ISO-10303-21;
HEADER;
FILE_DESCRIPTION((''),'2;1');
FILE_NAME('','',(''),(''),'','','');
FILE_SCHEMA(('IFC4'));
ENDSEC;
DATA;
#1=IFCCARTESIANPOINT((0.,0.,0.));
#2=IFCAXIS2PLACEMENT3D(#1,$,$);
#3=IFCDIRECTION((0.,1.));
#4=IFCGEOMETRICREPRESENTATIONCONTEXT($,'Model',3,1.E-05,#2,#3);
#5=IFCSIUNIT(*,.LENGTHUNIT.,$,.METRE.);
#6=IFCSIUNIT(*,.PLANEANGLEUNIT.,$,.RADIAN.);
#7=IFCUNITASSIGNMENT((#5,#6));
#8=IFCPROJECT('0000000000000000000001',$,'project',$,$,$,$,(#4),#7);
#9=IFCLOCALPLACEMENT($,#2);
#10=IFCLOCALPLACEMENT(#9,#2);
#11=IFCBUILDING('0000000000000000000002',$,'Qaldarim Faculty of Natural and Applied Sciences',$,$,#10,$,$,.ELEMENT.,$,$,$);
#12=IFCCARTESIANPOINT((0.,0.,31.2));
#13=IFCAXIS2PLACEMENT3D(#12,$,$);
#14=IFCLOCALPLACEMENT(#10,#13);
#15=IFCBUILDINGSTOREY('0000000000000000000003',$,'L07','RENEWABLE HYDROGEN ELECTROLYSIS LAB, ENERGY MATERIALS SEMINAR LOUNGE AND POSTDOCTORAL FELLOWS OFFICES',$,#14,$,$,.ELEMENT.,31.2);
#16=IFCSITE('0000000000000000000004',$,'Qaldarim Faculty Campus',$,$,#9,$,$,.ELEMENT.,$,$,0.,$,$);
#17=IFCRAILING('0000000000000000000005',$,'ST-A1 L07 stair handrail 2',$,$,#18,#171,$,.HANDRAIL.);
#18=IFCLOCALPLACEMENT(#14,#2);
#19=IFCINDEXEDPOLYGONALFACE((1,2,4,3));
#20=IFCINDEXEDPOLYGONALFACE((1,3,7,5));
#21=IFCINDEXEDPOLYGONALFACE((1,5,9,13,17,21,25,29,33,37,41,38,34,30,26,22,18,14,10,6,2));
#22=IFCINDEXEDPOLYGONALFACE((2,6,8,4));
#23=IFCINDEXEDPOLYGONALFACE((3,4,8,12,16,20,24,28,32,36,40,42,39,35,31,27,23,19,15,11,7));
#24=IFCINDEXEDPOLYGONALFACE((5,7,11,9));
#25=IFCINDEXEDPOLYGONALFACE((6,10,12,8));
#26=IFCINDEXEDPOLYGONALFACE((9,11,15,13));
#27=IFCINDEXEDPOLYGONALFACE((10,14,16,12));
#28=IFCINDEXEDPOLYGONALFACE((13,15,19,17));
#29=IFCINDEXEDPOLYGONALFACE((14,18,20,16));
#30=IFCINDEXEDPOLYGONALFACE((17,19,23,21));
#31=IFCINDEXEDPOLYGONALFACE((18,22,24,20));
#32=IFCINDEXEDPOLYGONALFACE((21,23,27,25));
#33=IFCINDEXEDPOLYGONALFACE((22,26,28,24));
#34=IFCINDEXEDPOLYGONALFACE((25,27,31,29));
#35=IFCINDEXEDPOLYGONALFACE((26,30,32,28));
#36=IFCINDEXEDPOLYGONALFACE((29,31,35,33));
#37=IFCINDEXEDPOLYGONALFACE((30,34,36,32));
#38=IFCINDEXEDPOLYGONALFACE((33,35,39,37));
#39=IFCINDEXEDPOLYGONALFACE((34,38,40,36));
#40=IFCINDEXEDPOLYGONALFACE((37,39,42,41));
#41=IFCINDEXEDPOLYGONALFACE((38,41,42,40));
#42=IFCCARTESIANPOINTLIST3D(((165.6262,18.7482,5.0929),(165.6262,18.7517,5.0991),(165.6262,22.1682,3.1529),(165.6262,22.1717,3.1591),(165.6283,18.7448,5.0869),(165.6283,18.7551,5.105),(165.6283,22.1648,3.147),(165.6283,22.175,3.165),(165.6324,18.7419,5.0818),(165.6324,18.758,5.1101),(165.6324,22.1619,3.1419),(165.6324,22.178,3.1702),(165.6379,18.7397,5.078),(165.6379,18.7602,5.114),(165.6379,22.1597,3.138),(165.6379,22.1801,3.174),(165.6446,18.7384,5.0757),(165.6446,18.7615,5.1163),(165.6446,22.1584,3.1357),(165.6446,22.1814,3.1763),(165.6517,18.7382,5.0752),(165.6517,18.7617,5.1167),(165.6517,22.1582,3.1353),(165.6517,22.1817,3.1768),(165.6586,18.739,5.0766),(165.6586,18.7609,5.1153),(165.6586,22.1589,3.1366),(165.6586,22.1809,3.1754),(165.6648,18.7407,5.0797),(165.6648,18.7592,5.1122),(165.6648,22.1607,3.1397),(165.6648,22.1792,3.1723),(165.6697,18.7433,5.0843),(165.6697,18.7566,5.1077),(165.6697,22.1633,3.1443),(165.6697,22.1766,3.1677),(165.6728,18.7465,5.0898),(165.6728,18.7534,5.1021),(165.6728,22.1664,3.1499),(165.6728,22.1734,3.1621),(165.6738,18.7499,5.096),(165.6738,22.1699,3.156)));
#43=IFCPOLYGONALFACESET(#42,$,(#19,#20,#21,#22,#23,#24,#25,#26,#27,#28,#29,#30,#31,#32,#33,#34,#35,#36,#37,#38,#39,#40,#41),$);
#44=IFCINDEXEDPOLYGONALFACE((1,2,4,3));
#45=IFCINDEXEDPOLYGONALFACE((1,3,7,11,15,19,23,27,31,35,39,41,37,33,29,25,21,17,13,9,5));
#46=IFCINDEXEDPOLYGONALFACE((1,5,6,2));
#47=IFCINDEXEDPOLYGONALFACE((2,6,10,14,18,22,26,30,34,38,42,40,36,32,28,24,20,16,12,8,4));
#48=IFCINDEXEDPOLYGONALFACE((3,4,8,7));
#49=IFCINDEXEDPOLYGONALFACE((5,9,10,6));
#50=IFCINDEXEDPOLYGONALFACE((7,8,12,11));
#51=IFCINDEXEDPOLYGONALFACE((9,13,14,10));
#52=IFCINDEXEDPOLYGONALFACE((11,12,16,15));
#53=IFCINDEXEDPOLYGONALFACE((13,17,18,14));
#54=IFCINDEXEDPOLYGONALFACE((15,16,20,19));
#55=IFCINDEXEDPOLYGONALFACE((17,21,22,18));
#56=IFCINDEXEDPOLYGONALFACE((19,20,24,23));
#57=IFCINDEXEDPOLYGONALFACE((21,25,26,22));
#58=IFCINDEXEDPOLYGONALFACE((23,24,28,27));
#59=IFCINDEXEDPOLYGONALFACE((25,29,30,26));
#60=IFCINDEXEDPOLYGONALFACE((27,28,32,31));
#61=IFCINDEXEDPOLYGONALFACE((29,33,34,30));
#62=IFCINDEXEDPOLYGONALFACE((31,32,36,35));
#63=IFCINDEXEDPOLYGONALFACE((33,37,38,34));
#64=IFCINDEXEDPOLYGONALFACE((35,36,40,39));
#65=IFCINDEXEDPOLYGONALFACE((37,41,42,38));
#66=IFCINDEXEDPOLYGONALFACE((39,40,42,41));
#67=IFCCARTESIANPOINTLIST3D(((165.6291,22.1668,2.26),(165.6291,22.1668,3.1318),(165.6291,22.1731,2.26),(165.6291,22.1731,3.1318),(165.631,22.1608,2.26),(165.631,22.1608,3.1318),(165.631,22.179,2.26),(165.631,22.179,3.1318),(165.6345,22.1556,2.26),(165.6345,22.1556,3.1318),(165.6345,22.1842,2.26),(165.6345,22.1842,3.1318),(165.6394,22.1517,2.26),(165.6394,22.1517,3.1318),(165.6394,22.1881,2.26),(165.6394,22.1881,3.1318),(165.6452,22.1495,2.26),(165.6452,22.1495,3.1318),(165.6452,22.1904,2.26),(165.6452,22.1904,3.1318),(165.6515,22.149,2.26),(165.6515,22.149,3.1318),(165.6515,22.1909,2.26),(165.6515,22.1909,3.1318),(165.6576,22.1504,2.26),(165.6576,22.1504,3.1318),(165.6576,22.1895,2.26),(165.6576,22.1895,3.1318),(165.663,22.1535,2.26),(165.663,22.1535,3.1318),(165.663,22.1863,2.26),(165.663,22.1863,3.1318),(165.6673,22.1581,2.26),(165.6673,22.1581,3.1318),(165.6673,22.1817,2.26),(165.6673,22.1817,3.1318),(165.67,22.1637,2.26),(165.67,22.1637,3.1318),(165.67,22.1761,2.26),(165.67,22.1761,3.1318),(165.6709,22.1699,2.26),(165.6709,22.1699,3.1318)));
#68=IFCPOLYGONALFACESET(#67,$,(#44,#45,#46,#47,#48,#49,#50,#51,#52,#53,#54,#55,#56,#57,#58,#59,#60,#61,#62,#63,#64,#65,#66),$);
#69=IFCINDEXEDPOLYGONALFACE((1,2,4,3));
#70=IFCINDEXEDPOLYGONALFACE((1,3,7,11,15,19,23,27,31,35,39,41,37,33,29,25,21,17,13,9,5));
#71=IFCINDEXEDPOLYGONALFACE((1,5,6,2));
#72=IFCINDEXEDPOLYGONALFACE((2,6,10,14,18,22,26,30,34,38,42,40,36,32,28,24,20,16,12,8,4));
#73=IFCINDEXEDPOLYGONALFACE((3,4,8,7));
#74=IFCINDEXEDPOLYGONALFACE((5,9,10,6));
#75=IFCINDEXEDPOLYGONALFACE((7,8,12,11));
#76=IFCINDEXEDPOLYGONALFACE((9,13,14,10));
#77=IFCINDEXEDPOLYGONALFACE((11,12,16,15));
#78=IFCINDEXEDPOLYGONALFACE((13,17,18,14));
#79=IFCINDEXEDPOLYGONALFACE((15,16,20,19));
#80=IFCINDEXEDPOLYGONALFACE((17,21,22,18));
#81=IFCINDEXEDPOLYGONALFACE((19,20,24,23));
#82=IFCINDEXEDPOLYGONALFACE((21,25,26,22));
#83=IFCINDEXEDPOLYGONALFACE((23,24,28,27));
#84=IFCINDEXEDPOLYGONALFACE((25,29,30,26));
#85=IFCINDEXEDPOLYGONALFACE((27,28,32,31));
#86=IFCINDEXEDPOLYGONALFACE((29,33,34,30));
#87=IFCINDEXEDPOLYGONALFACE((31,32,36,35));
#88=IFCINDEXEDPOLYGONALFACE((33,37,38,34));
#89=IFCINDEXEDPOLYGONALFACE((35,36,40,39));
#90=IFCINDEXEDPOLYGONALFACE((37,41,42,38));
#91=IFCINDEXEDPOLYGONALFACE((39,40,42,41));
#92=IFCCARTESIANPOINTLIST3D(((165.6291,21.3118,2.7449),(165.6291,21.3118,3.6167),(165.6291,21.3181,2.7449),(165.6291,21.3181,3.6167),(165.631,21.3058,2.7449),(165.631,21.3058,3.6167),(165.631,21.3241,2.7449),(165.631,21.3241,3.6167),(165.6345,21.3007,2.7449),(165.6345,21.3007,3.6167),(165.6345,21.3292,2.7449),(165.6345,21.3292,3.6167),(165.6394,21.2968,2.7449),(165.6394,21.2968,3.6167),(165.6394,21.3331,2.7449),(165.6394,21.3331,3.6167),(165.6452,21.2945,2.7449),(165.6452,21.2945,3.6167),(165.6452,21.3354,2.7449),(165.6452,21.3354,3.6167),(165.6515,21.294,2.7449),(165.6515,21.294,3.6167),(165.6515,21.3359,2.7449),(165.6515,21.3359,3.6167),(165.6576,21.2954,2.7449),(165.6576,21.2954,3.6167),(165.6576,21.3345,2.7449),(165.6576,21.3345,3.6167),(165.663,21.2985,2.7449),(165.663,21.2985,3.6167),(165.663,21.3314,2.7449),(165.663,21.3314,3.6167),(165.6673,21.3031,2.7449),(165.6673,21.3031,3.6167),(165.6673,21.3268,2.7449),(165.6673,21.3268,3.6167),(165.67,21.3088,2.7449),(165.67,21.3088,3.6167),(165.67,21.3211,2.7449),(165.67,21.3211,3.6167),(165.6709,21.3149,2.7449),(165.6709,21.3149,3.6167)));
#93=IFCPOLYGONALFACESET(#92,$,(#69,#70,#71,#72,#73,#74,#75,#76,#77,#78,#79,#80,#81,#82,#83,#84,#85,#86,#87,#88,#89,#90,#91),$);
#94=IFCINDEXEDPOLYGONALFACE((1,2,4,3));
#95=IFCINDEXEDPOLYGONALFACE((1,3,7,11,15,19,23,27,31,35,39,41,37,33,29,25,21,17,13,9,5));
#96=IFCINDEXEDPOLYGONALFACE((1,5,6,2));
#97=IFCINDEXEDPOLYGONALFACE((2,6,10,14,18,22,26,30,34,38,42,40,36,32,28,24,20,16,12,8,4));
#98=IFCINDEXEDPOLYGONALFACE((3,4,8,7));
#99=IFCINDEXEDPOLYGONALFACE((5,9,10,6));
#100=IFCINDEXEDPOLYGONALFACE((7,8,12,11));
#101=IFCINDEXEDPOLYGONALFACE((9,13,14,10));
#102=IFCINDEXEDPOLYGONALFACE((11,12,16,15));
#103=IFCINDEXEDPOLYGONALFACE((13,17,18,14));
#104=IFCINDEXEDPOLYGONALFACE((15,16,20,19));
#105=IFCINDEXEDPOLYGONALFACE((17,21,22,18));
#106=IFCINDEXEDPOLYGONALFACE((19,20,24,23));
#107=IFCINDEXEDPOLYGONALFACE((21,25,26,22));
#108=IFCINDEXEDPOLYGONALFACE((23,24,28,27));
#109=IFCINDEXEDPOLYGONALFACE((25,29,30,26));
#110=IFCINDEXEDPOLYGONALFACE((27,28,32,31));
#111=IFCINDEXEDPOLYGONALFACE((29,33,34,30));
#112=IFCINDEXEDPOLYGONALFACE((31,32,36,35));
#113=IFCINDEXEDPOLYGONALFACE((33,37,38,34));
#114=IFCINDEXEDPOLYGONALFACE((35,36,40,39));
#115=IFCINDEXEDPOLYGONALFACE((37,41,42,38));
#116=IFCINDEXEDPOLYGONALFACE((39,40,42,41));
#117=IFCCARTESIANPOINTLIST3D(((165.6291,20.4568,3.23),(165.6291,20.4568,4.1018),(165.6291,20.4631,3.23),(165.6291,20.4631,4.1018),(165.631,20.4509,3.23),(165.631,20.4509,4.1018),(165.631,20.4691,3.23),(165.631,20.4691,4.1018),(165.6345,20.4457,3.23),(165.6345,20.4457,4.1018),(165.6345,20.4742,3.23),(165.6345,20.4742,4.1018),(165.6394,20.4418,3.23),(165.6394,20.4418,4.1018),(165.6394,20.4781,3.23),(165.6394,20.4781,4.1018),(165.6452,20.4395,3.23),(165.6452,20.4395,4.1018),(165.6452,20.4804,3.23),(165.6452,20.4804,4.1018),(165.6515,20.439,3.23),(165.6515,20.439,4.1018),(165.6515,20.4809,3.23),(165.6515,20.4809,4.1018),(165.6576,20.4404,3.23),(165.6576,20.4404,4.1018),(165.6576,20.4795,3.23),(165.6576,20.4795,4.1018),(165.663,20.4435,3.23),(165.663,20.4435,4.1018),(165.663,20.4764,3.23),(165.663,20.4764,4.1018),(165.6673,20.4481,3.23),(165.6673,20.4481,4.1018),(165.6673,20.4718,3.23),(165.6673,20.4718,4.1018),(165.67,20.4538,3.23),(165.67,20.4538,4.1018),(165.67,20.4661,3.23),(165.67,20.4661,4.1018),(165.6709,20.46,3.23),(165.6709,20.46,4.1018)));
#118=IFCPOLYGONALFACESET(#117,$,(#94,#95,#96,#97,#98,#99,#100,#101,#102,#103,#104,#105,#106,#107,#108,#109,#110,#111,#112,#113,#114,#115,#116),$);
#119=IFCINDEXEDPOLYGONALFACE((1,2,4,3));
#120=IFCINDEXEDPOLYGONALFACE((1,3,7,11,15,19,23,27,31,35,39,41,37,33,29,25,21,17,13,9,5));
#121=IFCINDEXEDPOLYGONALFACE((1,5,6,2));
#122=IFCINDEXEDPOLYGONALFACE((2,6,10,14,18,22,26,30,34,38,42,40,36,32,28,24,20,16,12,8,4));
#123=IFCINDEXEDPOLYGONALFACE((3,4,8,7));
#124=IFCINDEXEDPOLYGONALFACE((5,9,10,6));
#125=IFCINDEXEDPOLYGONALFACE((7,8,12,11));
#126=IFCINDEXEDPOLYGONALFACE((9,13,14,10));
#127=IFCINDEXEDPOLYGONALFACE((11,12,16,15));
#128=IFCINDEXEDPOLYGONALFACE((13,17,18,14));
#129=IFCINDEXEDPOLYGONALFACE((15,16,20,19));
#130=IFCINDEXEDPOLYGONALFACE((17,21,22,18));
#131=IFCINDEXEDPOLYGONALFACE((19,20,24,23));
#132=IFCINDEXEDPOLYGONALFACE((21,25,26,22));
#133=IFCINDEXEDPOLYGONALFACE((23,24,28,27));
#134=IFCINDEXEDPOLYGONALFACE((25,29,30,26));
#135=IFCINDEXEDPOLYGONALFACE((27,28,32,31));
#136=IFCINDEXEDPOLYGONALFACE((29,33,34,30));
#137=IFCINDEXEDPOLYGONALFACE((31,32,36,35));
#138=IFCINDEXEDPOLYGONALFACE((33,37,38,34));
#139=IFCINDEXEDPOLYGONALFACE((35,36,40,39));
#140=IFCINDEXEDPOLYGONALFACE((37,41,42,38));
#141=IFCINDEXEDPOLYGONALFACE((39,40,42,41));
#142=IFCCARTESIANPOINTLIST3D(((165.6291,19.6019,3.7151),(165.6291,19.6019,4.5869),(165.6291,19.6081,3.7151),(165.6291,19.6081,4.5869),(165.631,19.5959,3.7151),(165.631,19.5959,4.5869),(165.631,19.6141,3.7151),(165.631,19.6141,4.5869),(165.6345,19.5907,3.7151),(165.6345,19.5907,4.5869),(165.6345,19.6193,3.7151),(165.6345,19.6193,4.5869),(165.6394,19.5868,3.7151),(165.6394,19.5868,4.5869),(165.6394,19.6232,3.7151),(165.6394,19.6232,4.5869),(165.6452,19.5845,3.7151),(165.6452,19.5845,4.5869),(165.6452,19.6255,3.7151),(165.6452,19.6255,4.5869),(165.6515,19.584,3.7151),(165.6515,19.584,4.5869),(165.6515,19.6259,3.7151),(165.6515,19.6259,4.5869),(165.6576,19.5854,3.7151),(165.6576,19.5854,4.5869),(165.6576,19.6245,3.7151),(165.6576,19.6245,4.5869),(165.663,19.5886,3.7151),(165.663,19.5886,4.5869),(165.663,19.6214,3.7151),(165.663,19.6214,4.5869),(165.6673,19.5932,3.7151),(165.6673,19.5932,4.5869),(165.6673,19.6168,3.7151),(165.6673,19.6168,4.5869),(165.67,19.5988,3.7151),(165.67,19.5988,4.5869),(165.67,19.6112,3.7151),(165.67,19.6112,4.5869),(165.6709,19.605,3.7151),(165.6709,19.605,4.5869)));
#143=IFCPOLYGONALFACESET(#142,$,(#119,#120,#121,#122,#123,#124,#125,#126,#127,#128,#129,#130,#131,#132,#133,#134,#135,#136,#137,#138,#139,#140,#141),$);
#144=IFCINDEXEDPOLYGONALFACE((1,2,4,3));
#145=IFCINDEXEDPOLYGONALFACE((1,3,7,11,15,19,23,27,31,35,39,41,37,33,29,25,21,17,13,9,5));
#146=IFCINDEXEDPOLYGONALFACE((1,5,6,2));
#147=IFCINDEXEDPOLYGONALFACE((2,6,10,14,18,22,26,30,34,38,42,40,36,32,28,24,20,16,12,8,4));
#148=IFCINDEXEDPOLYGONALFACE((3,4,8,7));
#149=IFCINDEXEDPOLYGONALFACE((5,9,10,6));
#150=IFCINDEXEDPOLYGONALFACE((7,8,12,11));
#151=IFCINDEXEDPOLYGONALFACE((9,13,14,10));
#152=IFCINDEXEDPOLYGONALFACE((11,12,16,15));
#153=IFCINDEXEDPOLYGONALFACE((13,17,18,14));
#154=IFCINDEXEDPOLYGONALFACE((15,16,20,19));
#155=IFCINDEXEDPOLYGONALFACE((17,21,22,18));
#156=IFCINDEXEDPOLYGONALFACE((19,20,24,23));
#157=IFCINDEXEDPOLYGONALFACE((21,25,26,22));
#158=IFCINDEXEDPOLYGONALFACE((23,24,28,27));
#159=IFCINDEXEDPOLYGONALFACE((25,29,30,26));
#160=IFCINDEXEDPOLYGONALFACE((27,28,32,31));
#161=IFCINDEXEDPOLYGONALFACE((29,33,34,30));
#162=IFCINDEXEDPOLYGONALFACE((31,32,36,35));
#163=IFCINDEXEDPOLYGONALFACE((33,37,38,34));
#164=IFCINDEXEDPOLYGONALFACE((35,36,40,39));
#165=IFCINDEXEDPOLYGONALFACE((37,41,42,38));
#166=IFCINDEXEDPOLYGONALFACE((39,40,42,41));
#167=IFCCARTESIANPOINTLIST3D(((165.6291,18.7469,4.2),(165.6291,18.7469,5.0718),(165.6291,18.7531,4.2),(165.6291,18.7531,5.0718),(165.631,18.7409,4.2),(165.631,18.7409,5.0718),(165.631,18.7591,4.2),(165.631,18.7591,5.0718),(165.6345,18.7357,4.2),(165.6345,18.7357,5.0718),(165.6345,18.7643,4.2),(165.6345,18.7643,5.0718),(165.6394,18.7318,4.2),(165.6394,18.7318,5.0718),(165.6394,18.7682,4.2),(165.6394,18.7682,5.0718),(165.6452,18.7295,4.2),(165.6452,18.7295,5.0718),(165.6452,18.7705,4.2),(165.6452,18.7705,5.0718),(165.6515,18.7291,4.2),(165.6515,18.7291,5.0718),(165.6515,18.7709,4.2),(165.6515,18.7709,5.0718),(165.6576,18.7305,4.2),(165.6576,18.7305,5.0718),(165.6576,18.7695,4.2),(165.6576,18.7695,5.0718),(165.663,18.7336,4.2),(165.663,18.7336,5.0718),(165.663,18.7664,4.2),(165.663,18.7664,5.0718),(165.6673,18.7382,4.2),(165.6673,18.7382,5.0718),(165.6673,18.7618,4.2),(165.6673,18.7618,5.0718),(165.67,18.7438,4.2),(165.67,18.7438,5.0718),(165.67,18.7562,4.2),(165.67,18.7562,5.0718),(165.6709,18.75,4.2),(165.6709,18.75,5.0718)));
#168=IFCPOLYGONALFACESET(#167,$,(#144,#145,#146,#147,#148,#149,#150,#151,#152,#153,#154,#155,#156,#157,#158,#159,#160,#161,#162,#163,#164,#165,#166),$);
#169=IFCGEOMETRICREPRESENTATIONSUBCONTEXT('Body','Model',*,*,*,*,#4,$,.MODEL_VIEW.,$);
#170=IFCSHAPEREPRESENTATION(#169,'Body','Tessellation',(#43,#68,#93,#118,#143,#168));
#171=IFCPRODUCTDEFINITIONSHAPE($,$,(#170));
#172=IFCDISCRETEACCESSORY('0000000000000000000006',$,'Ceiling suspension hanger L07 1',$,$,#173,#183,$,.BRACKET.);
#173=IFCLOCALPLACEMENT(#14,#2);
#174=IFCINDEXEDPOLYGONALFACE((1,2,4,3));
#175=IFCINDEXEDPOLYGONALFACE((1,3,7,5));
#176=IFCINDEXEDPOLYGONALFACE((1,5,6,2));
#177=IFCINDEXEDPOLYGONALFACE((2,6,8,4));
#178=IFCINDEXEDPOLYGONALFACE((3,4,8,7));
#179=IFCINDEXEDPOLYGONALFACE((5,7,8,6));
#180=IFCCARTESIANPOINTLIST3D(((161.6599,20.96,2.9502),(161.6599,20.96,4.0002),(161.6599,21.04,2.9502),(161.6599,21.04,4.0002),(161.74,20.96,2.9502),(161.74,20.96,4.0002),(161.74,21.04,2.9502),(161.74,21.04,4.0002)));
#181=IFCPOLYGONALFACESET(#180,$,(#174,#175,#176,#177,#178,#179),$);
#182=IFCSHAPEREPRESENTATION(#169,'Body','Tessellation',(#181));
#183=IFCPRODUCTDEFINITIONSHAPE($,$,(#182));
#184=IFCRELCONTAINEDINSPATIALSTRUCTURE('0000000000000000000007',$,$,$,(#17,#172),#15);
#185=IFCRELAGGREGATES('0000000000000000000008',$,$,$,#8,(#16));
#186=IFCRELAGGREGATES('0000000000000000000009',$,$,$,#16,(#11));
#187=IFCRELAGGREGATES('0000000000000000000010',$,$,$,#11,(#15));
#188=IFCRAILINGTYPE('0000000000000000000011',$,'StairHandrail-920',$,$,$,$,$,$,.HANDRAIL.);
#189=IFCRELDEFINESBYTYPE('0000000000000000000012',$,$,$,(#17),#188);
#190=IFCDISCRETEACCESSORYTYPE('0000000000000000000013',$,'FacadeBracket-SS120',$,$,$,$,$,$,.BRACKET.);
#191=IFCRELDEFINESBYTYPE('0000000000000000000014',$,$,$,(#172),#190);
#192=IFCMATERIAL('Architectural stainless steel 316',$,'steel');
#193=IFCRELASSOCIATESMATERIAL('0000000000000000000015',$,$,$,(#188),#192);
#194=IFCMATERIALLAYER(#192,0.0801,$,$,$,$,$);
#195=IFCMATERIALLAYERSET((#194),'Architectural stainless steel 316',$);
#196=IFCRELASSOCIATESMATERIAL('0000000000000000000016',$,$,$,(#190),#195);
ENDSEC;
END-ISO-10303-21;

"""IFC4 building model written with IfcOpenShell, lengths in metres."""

from ifc_helpers import new_model, si_unit, direction, frame, origin, origin_2d, place, context, subcontext, project, spatial, rectangle, circle, extrude, material, layer, layer_set, type_object, element, save


model = new_model("IFC4")

# Units and contexts
model_context = context("Model", 3, precision=1e-05, world=origin(), true_north=direction((0.0, 1.0)))
body_context = subcontext(model_context, "Body", "Model", "MODEL_VIEW")
ifc_project = project(units=[si_unit("LENGTHUNIT", "METRE"), si_unit("PLANEANGLEUNIT", "RADIAN")], contexts=[model_context])

# Site, building, storey
site_placement = place(None, origin())
site = spatial("IfcSite", under=ifc_project, at=site_placement, Name="Qaldarim Faculty Campus", CompositionType="ELEMENT", RefElevation=0.0)
building_placement = place(site_placement, origin())
building = spatial("IfcBuilding", under=site, at=building_placement, Name="Qaldarim Faculty of Natural and Applied Sciences", CompositionType="ELEMENT")
storey_placement = place(building_placement, frame((0.0, 0.0, 31.2)))
storey = spatial("IfcBuildingStorey", under=building, at=storey_placement, Name="L07", Description="RENEWABLE HYDROGEN ELECTROLYSIS LAB, ENERGY MATERIALS SEMINAR LOUNGE AND POSTDOCTORAL FELLOWS OFFICES", CompositionType="ELEMENT", Elevation=31.2)

# Railing
ifc_material_1 = material(Name="Architectural stainless steel 316", Category="steel")
railing_type_1 = type_object("IfcRailingType", Name="StairHandrail-920", PredefinedType="HANDRAIL", material=ifc_material_1)
railing_1_placement = place(storey_placement, frame((165.6499, 22.1699, 2.26)))
element("IfcRailing", 1, at=railing_1_placement, inside=storey, type_object=railing_type_1, Name="ST-A1 L07 stair handrail 2", PredefinedType="HANDRAIL", context=body_context, shape_type="SweptSolid", body=[
    extrude(circle(Radius=0.0239, at=origin_2d()), frame((0.0, 0.0, 0.896), z_axis=(0.0, -0.869805, 0.493395), x_axis=(1.0, 0.0, 0.0)), (0.0, 0.0, 1.0), 3.9319),
    extrude(circle(Radius=0.021, at=origin_2d()), origin(), (0.0, 0.0, 1.0), 0.8718),
    extrude(circle(Radius=0.021, at=origin_2d()), frame((0.0, -0.855, 0.4849)), (0.0, 0.0, 1.0), 0.8718),
    extrude(circle(Radius=0.021, at=origin_2d()), frame((0.0, -1.71, 0.97)), (0.0, 0.0, 1.0), 0.8718),
    extrude(circle(Radius=0.021, at=origin_2d()), frame((0.0, -2.5649, 1.4551)), (0.0, 0.0, 1.0), 0.8718),
    extrude(circle(Radius=0.021, at=origin_2d()), frame((0.0, -3.4199, 1.9399)), (0.0, 0.0, 1.0), 0.8718),
])

# Discrete accessory
ifc_layer_1 = layer(ifc_material_1, 0.0801)
ifc_layer_set_1 = layer_set([ifc_layer_1], Name="Architectural stainless steel 316")
discrete_accessory_type = type_object("IfcDiscreteAccessoryType", Name="FacadeBracket-SS120", PredefinedType="BRACKET", material=ifc_layer_set_1)
discrete_accessory_placement = place(storey_placement, frame((161.7, 21.0, 2.9502), z_axis=(0.0, 0.0, 1.0), x_axis=(1.0, 0.0, 0.0)))
element("IfcDiscreteAccessory", 2, at=discrete_accessory_placement, inside=storey, type_object=discrete_accessory_type, Name="Ceiling suspension hanger L07 1", PredefinedType="BRACKET", context=body_context, shape_type="SweptSolid", body=[
    extrude(rectangle(XDim=0.0801, YDim=0.0801, at=origin_2d()), origin(), (0.0, 0.0, 1.0), 1.05),
])

save(model, "model.ifc")
